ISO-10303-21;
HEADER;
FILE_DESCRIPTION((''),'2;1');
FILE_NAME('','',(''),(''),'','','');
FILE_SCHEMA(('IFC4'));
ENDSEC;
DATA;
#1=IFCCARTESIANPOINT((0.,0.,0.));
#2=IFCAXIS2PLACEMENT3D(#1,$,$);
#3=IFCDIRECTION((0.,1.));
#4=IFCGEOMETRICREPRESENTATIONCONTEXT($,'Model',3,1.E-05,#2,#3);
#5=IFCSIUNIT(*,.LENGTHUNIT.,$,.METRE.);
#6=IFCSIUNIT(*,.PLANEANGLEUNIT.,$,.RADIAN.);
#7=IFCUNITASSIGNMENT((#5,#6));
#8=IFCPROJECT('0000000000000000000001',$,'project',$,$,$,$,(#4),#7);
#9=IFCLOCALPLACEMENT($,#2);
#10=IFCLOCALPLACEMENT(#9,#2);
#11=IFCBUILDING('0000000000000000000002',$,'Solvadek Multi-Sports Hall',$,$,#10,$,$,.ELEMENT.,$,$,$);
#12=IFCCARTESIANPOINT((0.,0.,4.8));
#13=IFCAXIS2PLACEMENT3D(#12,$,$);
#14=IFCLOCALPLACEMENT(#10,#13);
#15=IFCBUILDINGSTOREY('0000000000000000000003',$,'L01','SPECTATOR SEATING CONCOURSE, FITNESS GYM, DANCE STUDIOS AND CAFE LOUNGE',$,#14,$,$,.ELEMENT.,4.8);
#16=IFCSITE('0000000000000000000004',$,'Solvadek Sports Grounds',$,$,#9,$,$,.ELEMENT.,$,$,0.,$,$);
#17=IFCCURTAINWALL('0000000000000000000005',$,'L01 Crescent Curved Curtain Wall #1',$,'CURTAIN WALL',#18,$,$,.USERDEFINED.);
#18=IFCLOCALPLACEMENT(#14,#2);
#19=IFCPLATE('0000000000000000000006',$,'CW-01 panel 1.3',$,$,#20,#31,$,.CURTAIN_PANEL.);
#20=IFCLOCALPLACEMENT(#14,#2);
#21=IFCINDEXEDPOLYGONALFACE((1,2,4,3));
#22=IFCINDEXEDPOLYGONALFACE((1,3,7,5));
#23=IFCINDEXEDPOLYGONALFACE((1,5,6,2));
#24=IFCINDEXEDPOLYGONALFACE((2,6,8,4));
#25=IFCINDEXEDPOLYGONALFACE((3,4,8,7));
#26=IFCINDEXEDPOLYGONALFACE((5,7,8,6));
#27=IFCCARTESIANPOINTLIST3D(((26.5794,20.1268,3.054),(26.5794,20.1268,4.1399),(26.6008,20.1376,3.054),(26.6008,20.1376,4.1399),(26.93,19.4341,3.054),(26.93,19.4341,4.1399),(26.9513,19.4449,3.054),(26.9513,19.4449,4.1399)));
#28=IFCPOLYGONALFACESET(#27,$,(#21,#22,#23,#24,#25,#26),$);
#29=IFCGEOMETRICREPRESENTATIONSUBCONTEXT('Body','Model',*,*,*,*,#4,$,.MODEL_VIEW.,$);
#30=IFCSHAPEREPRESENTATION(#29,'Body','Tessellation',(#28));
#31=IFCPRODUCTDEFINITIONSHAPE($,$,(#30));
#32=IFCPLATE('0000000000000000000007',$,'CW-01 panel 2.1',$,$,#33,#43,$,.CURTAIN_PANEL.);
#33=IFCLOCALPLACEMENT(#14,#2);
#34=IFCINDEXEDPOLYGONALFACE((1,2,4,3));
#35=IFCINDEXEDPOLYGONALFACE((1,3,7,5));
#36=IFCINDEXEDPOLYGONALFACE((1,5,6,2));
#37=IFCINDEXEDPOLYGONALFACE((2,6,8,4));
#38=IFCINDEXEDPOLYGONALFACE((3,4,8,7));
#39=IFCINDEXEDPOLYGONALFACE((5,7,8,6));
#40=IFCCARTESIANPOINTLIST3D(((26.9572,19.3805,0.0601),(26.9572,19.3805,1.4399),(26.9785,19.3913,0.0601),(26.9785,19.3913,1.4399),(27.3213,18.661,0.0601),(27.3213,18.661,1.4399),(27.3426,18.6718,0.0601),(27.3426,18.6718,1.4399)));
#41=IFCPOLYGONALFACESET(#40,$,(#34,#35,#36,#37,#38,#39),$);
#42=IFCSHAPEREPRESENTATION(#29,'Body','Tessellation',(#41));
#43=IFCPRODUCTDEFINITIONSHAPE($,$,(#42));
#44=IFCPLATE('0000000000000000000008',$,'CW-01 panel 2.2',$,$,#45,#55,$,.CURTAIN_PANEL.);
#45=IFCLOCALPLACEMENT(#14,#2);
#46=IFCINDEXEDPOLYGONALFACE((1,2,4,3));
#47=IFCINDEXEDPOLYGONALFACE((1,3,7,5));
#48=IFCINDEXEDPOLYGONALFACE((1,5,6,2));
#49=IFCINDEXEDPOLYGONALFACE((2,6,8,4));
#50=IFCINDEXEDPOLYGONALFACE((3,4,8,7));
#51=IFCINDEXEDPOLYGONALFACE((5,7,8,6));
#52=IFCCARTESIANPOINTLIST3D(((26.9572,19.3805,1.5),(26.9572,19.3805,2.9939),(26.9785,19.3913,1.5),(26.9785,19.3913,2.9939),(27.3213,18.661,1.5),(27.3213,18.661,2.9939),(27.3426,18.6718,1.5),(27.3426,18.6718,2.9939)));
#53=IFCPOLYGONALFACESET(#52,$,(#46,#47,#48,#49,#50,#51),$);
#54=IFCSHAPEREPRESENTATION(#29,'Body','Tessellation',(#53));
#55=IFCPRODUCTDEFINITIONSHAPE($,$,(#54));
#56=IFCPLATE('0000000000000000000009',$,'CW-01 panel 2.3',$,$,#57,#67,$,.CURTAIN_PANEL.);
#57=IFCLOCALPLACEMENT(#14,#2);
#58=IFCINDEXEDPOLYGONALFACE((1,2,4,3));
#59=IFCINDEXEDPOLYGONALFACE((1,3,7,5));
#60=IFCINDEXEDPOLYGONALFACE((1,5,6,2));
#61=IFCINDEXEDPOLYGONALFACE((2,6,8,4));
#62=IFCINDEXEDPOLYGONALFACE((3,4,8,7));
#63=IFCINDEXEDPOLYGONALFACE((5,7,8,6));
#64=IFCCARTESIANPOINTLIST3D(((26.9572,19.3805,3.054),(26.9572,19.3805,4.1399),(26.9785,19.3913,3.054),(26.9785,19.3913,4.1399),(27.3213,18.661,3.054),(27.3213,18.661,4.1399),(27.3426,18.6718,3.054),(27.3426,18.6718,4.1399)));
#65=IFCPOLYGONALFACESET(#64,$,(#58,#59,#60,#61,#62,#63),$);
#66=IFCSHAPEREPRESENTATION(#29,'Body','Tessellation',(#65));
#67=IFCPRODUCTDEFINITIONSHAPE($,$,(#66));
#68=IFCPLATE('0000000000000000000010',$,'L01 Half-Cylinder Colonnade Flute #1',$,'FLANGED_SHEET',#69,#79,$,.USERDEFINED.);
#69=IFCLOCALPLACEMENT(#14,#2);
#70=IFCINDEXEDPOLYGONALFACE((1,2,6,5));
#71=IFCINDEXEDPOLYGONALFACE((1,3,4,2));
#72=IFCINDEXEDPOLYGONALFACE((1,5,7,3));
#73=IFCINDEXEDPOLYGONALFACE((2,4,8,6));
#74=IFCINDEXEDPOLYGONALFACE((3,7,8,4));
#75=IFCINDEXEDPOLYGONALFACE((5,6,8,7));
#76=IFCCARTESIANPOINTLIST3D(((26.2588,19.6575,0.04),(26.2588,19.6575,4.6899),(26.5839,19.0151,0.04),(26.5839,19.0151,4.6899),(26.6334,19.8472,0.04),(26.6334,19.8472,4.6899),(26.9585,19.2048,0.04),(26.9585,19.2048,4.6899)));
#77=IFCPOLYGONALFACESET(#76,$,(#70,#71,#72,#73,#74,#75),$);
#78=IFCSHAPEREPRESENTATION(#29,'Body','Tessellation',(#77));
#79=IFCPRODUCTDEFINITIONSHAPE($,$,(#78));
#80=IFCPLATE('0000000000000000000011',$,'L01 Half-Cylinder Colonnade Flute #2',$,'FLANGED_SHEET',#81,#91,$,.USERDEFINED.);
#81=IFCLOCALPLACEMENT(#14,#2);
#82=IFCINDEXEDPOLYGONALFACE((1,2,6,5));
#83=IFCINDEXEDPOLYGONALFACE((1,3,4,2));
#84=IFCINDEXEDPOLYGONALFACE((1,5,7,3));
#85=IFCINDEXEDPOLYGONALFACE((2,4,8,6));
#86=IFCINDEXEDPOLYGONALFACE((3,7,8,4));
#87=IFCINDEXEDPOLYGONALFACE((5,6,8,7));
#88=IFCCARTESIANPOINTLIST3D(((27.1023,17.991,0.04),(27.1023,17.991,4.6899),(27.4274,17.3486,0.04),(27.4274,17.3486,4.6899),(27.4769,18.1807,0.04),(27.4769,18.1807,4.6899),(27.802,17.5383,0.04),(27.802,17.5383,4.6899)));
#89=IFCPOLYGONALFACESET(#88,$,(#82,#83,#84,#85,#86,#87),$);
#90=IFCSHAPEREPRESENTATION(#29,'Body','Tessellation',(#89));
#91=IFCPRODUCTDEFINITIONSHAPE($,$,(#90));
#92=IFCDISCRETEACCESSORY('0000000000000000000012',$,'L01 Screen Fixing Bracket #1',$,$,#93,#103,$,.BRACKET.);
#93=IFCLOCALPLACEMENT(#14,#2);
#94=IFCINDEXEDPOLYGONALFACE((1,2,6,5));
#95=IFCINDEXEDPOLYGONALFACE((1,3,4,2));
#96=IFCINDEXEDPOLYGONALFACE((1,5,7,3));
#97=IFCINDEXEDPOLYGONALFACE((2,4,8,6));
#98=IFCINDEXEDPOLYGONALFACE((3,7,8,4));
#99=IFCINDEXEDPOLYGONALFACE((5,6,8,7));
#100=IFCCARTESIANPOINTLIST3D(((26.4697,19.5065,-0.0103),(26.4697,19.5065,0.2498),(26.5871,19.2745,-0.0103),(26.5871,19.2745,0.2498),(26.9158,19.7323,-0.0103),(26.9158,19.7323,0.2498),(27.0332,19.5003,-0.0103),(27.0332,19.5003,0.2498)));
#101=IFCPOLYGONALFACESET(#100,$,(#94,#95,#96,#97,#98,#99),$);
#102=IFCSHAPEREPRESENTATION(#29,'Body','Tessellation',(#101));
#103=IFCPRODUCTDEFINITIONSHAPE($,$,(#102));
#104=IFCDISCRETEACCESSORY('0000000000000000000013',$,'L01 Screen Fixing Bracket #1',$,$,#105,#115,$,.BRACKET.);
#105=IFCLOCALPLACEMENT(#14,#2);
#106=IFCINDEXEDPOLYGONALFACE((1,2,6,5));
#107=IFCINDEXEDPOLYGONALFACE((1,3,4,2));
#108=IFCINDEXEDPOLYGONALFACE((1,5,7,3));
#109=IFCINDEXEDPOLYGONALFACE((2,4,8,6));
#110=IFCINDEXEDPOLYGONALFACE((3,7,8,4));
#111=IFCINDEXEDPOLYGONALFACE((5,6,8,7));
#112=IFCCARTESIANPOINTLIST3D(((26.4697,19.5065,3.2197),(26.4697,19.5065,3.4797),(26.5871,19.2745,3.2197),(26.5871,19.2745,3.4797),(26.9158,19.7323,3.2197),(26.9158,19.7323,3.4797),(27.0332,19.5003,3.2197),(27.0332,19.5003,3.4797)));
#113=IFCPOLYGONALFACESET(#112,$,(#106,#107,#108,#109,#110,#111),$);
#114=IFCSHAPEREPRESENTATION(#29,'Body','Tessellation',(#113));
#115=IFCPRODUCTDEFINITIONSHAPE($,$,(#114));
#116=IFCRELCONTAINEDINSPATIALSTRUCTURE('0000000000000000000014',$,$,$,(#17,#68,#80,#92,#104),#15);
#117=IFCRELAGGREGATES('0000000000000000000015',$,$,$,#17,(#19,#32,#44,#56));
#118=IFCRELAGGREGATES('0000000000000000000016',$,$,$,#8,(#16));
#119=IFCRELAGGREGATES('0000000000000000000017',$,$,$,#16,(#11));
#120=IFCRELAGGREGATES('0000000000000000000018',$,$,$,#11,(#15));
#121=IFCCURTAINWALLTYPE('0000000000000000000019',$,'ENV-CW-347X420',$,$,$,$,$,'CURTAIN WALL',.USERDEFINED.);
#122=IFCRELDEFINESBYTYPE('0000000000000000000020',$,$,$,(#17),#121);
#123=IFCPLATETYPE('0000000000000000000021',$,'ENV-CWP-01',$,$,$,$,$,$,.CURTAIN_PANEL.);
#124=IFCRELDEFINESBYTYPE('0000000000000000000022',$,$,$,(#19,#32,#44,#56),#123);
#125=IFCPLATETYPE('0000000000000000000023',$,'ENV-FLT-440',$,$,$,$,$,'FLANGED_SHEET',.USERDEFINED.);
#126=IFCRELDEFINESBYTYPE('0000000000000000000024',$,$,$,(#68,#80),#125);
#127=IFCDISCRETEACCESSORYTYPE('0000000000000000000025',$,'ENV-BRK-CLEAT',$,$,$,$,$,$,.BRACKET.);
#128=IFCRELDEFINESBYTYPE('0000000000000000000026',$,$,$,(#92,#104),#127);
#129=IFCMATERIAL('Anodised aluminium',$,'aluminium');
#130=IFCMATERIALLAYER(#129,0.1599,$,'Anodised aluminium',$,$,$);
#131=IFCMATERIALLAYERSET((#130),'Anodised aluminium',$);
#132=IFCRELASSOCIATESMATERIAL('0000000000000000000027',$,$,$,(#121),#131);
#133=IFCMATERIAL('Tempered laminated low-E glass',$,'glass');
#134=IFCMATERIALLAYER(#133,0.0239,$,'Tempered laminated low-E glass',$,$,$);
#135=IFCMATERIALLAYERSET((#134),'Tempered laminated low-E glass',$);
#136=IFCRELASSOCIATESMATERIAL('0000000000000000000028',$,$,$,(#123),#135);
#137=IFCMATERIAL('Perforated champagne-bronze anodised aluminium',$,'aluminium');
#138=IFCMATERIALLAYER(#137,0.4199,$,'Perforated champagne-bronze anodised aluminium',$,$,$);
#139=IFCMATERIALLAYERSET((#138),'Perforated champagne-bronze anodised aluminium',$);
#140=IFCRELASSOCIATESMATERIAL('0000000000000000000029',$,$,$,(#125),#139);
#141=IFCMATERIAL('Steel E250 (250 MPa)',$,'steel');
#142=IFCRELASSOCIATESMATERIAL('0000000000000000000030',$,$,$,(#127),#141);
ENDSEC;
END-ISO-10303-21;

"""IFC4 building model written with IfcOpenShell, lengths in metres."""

from ifc_helpers import new_model, si_unit, direction, frame, origin, origin_2d, place, context, subcontext, project, spatial, rectangle, extrude, material, layer, layer_set, type_object, element, aggregate, save


model = new_model("IFC4")

# Units and contexts
model_context = context("Model", 3, precision=1e-05, world=origin(), true_north=direction((0.0, 1.0)))
body_context = subcontext(model_context, "Body", "Model", "MODEL_VIEW")
ifc_project = project(units=[si_unit("LENGTHUNIT", "METRE"), si_unit("PLANEANGLEUNIT", "RADIAN")], contexts=[model_context])

# Site, building, storey
site_placement = place(None, origin())
site = spatial("IfcSite", under=ifc_project, at=site_placement, Name="Solvadek Sports Grounds", CompositionType="ELEMENT", RefElevation=0.0)
building_placement = place(site_placement, origin())
building = spatial("IfcBuilding", under=site, at=building_placement, Name="Solvadek Multi-Sports Hall", CompositionType="ELEMENT")
storey_placement = place(building_placement, frame((0.0, 0.0, 4.8)))
storey = spatial("IfcBuildingStorey", under=building, at=storey_placement, Name="L01", Description="SPECTATOR SEATING CONCOURSE, FITNESS GYM, DANCE STUDIOS AND CAFE LOUNGE", CompositionType="ELEMENT", Elevation=4.8)

# Curtain wall
ifc_material_1 = material(Name="Anodised aluminium", Category="aluminium")
ifc_layer_1 = layer(ifc_material_1, 0.1599, Name="Anodised aluminium")
ifc_layer_set_1 = layer_set([ifc_layer_1], Name="Anodised aluminium")
curtain_wall_type_1 = type_object("IfcCurtainWallType", Name="ENV-CW-347X420", ElementType="CURTAIN WALL", PredefinedType="USERDEFINED", material=ifc_layer_set_1)
curtain_wall_1_placement = place(storey_placement, origin())
curtain_wall_1 = element("IfcCurtainWall", 1, at=curtain_wall_1_placement, inside=storey, type_object=curtain_wall_type_1, Name="L01 Crescent Curved Curtain Wall #1", ObjectType="CURTAIN WALL", PredefinedType="USERDEFINED")

# Plates
ifc_material_2 = material(Name="Tempered laminated low-E glass", Category="glass")
ifc_layer_2 = layer(ifc_material_2, 0.0239, Name="Tempered laminated low-E glass")
ifc_layer_set_2 = layer_set([ifc_layer_2], Name="Tempered laminated low-E glass")
plate_type_1 = type_object("IfcPlateType", Name="ENV-CWP-01", PredefinedType="CURTAIN_PANEL", material=ifc_layer_set_2)
plate_1_placement = place(storey_placement, frame((26.7654, 19.7859, 3.054), z_axis=(0.0, 0.0, 1.0), x_axis=(0.451559, -0.892241, 0.0)))
plate_1 = element("IfcPlate", 2, at=plate_1_placement, type_object=plate_type_1, Name="CW-01 panel 1.3", PredefinedType="CURTAIN_PANEL", context=body_context, shape_type="SweptSolid", body=[
    extrude(rectangle(XDim=0.7764, YDim=0.0239, at=origin_2d()), origin(), (0.0, 0.0, 1.0), 1.0859),
])
plate_2_placement = place(storey_placement, frame((27.1499, 19.0261, 0.0601), z_axis=(0.0, 0.0, 1.0), x_axis=(0.451559, -0.892241, 0.0)))
plate_2 = element("IfcPlate", 3, at=plate_2_placement, type_object=plate_type_1, Name="CW-01 panel 2.1", PredefinedType="CURTAIN_PANEL", context=body_context, shape_type="SweptSolid", body=[
    extrude(rectangle(XDim=0.8064, YDim=0.0239, at=origin_2d()), origin(), (0.0, 0.0, 1.0), 1.3799),
])
plate_3_placement = place(storey_placement, frame((27.1499, 19.0261, 1.5), z_axis=(0.0, 0.0, 1.0), x_axis=(0.451559, -0.892241, 0.0)))
plate_3 = element("IfcPlate", 4, at=plate_3_placement, type_object=plate_type_1, Name="CW-01 panel 2.2", PredefinedType="CURTAIN_PANEL", context=body_context, shape_type="SweptSolid", body=[
    extrude(rectangle(XDim=0.8064, YDim=0.0239, at=origin_2d()), origin(), (0.0, 0.0, 1.0), 1.4939),
])
plate_4_placement = place(storey_placement, frame((27.1499, 19.0261, 3.054), z_axis=(0.0, 0.0, 1.0), x_axis=(0.451559, -0.892241, 0.0)))
plate_4 = element("IfcPlate", 5, at=plate_4_placement, type_object=plate_type_1, Name="CW-01 panel 2.3", PredefinedType="CURTAIN_PANEL", context=body_context, shape_type="SweptSolid", body=[
    extrude(rectangle(XDim=0.8064, YDim=0.0239, at=origin_2d()), origin(), (0.0, 0.0, 1.0), 1.0859),
])
aggregate(curtain_wall_1, [plate_1, plate_2, plate_3, plate_4])

# Plates
ifc_material_3 = material(Name="Perforated champagne-bronze anodised aluminium", Category="aluminium")
ifc_layer_3 = layer(ifc_material_3, 0.4199, Name="Perforated champagne-bronze anodised aluminium")
ifc_layer_set_3 = layer_set([ifc_layer_3], Name="Perforated champagne-bronze anodised aluminium")
plate_type_2 = type_object("IfcPlateType", Name="ENV-FLT-440", ElementType="FLANGED_SHEET", PredefinedType="USERDEFINED", material=ifc_layer_set_3)
for number, where, z_axis, x_axis, name in (
    (6, (26.6086, 19.4312, 0.04), (0.0, 0.0, 1.0), (0.451555, -0.892243, 0.0), "L01 Half-Cylinder Colonnade Flute #1"),
    (7, (27.4521, 17.7646, 0.04), (0.0, 0.0, 1.0), (0.451555, -0.892243, 0.0), "L01 Half-Cylinder Colonnade Flute #2"),
):
    element("IfcPlate", number, at=place(storey_placement, frame(where, z_axis=z_axis, x_axis=x_axis)), inside=storey, type_object=plate_type_2, Name=name, ObjectType="FLANGED_SHEET", PredefinedType="USERDEFINED", context=body_context, shape_type="SweptSolid", body=[
        extrude(rectangle(XDim=0.72, YDim=0.4199, at=origin_2d()), origin(), (0.0, 0.0, 1.0), 4.6499),
    ])

# Discrete accessories
ifc_material_4 = material(Name="Steel E250 (250 MPa)", Category="steel")
discrete_accessory_type = type_object("IfcDiscreteAccessoryType", Name="ENV-BRK-CLEAT", PredefinedType="BRACKET", material=ifc_material_4)
for number, where, z_axis, x_axis, name in (
    (8, (26.7515, 19.5034, -0.0103), (0.0, 0.0, 1.0), (0.451555, -0.892243, 0.0), "L01 Screen Fixing Bracket #1"),
    (9, (26.7515, 19.5034, 3.2197), (0.0, 0.0, 1.0), (0.451555, -0.892243, 0.0), "L01 Screen Fixing Bracket #1"),
):
    element("IfcDiscreteAccessory", number, at=place(storey_placement, frame(where, z_axis=z_axis, x_axis=x_axis)), inside=storey, type_object=discrete_accessory_type, Name=name, PredefinedType="BRACKET", context=body_context, shape_type="SweptSolid", body=[
        extrude(rectangle(XDim=0.26, YDim=0.5, at=origin_2d()), origin(), (0.0, 0.0, 1.0), 0.26),
    ])

save(model, "model.ifc")
